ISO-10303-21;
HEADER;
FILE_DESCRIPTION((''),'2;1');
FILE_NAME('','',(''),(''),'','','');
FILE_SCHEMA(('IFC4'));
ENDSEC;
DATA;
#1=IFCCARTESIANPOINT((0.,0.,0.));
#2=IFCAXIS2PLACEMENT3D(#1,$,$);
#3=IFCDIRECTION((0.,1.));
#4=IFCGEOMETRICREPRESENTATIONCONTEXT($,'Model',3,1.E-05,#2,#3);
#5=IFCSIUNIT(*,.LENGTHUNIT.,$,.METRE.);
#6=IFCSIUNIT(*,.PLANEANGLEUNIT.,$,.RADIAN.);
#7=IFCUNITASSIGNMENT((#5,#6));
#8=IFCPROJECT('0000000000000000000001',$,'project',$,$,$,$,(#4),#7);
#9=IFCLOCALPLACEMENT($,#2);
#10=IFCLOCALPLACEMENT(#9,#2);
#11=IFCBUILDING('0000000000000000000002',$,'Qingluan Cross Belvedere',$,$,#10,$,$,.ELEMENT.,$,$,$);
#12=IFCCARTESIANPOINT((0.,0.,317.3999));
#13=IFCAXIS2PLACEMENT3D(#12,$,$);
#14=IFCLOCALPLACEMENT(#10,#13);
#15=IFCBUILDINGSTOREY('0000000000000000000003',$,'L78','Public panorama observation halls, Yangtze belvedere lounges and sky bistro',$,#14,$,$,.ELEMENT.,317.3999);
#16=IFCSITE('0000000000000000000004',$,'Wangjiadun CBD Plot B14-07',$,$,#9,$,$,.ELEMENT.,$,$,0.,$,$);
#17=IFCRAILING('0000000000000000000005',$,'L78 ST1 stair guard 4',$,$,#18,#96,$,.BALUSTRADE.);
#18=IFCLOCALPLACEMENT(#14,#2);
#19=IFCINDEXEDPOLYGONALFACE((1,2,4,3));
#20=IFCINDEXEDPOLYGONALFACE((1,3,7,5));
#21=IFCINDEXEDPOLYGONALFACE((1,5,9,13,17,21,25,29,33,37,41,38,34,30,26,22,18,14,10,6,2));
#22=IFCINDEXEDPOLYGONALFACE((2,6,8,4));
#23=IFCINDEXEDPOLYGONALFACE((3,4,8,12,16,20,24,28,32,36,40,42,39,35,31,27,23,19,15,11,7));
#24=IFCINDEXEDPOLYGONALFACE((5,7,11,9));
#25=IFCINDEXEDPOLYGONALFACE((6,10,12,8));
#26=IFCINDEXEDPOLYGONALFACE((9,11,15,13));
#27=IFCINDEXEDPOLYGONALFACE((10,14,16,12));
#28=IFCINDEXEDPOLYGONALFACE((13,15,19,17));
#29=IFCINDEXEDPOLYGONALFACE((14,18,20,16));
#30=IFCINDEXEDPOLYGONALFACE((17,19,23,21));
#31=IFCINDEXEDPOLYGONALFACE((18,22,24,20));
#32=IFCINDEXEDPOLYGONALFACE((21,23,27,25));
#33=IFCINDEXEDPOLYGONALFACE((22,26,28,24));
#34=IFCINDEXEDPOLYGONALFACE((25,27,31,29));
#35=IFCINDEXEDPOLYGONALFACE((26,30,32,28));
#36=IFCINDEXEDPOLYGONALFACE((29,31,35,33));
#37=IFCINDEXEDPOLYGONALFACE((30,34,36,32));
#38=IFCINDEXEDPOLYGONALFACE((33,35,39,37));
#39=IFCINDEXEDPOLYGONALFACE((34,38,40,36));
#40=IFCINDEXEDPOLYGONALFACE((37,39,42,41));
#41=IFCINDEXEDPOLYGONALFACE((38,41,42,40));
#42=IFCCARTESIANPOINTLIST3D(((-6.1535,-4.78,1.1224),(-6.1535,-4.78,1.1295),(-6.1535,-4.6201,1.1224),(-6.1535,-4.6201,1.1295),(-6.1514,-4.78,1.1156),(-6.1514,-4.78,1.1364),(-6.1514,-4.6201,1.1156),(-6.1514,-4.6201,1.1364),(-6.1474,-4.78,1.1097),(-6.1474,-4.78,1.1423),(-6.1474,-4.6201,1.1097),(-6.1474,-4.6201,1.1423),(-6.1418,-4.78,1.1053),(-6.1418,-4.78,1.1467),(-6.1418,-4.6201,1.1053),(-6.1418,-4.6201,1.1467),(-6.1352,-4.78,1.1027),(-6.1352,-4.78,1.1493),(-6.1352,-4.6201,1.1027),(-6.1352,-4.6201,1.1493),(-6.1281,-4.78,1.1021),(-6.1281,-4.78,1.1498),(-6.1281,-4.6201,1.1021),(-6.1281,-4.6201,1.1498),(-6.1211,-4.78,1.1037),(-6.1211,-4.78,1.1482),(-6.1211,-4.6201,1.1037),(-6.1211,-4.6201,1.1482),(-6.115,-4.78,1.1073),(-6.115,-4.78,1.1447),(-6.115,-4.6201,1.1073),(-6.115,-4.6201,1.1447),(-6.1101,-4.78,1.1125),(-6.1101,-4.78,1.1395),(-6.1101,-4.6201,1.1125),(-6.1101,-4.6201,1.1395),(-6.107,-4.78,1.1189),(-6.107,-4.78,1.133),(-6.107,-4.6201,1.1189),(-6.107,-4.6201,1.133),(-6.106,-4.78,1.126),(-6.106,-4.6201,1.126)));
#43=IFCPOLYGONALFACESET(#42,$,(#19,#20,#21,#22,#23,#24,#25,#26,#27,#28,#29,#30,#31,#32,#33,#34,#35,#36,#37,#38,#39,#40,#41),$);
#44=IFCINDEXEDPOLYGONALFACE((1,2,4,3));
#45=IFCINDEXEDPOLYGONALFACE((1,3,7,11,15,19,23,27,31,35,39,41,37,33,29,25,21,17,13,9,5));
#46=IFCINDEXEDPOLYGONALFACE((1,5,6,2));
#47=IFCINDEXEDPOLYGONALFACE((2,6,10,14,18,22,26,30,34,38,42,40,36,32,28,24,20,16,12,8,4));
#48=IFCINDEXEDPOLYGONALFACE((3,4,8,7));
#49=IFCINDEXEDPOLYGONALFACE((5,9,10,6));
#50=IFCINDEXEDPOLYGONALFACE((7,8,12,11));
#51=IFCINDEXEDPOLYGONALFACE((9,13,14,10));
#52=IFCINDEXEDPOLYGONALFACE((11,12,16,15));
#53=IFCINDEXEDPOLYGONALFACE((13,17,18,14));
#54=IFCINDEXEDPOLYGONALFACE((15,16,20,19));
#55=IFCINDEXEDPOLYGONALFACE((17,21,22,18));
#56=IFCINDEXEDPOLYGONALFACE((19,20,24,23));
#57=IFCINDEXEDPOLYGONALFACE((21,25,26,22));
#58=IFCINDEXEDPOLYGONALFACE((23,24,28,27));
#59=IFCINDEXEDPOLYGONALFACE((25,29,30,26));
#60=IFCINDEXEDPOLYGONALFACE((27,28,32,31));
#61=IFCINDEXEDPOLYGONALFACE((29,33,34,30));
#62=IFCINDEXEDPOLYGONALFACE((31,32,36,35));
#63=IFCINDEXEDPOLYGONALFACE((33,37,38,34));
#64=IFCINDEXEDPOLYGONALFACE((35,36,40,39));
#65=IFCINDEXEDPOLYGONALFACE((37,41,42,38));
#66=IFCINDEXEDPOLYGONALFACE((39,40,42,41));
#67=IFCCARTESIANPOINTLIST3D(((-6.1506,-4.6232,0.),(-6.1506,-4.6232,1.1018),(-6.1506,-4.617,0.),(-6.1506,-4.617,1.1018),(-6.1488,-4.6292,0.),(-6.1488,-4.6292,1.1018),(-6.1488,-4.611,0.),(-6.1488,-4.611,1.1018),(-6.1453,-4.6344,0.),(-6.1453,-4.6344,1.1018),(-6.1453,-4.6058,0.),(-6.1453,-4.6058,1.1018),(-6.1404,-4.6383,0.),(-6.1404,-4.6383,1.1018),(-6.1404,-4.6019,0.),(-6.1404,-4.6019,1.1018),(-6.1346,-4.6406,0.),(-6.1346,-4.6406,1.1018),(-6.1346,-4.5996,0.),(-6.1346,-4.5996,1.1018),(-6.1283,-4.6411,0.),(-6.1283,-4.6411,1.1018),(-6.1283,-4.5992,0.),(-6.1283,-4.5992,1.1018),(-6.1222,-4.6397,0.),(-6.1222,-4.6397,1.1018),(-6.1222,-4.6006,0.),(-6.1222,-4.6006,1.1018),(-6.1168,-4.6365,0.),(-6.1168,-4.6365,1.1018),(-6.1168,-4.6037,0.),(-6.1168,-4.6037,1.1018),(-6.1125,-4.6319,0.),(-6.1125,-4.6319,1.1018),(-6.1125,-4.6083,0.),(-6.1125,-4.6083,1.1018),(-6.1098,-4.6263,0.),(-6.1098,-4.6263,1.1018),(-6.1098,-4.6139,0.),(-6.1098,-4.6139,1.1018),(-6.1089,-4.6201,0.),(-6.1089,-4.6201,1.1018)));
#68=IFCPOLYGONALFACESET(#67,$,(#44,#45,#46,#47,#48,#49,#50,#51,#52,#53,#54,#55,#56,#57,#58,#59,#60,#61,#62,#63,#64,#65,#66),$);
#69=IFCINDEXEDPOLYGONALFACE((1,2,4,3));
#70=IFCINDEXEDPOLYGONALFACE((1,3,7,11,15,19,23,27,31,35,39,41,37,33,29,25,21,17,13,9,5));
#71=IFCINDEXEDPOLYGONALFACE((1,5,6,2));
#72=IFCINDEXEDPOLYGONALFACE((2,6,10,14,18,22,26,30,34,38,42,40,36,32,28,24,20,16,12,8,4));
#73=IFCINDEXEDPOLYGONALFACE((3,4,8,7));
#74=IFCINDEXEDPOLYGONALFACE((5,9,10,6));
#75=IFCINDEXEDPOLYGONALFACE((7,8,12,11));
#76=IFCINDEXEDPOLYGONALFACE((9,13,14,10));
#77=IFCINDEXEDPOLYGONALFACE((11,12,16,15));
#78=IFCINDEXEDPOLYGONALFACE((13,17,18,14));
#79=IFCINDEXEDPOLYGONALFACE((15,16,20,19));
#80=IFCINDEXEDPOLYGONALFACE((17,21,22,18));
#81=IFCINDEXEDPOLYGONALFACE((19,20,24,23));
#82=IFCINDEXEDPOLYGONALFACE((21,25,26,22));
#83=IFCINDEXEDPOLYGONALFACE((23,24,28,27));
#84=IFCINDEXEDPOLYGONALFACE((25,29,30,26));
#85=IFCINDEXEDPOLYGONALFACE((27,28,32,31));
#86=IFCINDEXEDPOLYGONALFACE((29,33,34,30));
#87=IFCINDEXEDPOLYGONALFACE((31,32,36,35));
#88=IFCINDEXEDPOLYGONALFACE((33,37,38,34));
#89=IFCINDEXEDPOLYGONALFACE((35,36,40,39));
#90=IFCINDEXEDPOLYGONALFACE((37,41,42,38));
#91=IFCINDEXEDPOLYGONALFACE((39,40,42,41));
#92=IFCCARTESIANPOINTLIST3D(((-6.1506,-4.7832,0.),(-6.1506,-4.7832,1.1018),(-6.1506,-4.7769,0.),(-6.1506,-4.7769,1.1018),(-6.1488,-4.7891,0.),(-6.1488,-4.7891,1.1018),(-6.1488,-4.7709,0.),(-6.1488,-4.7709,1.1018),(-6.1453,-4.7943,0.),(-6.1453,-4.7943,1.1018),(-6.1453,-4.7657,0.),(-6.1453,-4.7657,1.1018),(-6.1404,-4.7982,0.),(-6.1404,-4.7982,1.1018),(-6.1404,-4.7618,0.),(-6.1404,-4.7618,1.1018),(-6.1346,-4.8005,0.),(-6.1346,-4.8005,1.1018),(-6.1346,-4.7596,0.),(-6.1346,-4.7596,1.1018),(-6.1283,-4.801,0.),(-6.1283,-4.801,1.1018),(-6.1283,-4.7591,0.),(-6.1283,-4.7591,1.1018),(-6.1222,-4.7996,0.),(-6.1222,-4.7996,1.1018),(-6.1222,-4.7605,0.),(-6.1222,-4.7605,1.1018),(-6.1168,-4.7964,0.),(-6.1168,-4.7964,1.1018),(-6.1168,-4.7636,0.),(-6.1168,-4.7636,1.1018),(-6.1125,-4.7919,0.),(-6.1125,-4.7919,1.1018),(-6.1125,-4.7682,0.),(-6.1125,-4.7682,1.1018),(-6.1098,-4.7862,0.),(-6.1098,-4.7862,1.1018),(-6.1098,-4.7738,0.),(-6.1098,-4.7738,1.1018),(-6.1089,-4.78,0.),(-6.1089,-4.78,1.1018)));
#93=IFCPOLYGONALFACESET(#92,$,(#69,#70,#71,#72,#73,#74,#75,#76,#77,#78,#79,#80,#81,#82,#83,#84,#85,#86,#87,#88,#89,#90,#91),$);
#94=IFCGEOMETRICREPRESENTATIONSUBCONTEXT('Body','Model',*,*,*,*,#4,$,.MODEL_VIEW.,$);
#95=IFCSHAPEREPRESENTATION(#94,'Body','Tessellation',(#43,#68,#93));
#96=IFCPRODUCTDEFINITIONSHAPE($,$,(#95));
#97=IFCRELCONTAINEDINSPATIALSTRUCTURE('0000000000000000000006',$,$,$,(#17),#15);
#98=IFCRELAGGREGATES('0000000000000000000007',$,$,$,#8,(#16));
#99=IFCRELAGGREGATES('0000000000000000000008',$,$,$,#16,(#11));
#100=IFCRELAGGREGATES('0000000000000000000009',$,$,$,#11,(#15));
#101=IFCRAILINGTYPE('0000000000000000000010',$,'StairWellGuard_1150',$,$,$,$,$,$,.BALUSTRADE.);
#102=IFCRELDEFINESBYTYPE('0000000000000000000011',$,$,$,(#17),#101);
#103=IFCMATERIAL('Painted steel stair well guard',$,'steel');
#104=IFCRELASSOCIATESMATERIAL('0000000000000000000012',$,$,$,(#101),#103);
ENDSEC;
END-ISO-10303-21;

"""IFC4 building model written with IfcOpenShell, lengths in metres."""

from ifc_helpers import new_model, si_unit, direction, frame, origin, origin_2d, place, context, subcontext, project, spatial, circle, extrude, material, type_object, element, save


model = new_model("IFC4")

# Units and contexts
model_context = context("Model", 3, precision=1e-05, world=origin(), true_north=direction((0.0, 1.0)))
body_context = subcontext(model_context, "Body", "Model", "MODEL_VIEW")
ifc_project = project(units=[si_unit("LENGTHUNIT", "METRE"), si_unit("PLANEANGLEUNIT", "RADIAN")], contexts=[model_context])

# Site, building, storey
site_placement = place(None, origin())
site = spatial("IfcSite", under=ifc_project, at=site_placement, Name="Wangjiadun CBD Plot B14-07", CompositionType="ELEMENT", RefElevation=0.0)
building_placement = place(site_placement, origin())
building = spatial("IfcBuilding", under=site, at=building_placement, Name="Qingluan Cross Belvedere", CompositionType="ELEMENT")
storey_placement = place(building_placement, frame((0.0, 0.0, 317.3999)))
storey = spatial("IfcBuildingStorey", under=building, at=storey_placement, Name="L78", Description="Public panorama observation halls, Yangtze belvedere lounges and sky bistro", CompositionType="ELEMENT", Elevation=317.3999)

# Railing
ifc_material_1 = material(Name="Painted steel stair well guard", Category="steel")
railing_type_1 = type_object("IfcRailingType", Name="StairWellGuard_1150", PredefinedType="BALUSTRADE", material=ifc_material_1)
railing_1_placement = place(storey_placement, frame((-6.1299, -4.6201, 0.0)))
element("IfcRailing", 1, at=railing_1_placement, inside=storey, type_object=railing_type_1, Name="L78 ST1 stair guard 4", PredefinedType="BALUSTRADE", context=body_context, shape_type="SweptSolid", body=[
    extrude(circle(Radius=0.0239, at=origin_2d()), frame((0.0, 0.0, 1.126), z_axis=(0.0, -1.0, 0.0), x_axis=(1.0, 0.0, 0.0)), (0.0, 0.0, 1.0), 0.1599),
    extrude(circle(Radius=0.021, at=origin_2d()), origin(), (0.0, 0.0, 1.0), 1.1018),
    extrude(circle(Radius=0.021, at=origin_2d()), frame((0.0, -0.1599, 0.0)), (0.0, 0.0, 1.0), 1.1018),
])

save(model, "model.ifc")
